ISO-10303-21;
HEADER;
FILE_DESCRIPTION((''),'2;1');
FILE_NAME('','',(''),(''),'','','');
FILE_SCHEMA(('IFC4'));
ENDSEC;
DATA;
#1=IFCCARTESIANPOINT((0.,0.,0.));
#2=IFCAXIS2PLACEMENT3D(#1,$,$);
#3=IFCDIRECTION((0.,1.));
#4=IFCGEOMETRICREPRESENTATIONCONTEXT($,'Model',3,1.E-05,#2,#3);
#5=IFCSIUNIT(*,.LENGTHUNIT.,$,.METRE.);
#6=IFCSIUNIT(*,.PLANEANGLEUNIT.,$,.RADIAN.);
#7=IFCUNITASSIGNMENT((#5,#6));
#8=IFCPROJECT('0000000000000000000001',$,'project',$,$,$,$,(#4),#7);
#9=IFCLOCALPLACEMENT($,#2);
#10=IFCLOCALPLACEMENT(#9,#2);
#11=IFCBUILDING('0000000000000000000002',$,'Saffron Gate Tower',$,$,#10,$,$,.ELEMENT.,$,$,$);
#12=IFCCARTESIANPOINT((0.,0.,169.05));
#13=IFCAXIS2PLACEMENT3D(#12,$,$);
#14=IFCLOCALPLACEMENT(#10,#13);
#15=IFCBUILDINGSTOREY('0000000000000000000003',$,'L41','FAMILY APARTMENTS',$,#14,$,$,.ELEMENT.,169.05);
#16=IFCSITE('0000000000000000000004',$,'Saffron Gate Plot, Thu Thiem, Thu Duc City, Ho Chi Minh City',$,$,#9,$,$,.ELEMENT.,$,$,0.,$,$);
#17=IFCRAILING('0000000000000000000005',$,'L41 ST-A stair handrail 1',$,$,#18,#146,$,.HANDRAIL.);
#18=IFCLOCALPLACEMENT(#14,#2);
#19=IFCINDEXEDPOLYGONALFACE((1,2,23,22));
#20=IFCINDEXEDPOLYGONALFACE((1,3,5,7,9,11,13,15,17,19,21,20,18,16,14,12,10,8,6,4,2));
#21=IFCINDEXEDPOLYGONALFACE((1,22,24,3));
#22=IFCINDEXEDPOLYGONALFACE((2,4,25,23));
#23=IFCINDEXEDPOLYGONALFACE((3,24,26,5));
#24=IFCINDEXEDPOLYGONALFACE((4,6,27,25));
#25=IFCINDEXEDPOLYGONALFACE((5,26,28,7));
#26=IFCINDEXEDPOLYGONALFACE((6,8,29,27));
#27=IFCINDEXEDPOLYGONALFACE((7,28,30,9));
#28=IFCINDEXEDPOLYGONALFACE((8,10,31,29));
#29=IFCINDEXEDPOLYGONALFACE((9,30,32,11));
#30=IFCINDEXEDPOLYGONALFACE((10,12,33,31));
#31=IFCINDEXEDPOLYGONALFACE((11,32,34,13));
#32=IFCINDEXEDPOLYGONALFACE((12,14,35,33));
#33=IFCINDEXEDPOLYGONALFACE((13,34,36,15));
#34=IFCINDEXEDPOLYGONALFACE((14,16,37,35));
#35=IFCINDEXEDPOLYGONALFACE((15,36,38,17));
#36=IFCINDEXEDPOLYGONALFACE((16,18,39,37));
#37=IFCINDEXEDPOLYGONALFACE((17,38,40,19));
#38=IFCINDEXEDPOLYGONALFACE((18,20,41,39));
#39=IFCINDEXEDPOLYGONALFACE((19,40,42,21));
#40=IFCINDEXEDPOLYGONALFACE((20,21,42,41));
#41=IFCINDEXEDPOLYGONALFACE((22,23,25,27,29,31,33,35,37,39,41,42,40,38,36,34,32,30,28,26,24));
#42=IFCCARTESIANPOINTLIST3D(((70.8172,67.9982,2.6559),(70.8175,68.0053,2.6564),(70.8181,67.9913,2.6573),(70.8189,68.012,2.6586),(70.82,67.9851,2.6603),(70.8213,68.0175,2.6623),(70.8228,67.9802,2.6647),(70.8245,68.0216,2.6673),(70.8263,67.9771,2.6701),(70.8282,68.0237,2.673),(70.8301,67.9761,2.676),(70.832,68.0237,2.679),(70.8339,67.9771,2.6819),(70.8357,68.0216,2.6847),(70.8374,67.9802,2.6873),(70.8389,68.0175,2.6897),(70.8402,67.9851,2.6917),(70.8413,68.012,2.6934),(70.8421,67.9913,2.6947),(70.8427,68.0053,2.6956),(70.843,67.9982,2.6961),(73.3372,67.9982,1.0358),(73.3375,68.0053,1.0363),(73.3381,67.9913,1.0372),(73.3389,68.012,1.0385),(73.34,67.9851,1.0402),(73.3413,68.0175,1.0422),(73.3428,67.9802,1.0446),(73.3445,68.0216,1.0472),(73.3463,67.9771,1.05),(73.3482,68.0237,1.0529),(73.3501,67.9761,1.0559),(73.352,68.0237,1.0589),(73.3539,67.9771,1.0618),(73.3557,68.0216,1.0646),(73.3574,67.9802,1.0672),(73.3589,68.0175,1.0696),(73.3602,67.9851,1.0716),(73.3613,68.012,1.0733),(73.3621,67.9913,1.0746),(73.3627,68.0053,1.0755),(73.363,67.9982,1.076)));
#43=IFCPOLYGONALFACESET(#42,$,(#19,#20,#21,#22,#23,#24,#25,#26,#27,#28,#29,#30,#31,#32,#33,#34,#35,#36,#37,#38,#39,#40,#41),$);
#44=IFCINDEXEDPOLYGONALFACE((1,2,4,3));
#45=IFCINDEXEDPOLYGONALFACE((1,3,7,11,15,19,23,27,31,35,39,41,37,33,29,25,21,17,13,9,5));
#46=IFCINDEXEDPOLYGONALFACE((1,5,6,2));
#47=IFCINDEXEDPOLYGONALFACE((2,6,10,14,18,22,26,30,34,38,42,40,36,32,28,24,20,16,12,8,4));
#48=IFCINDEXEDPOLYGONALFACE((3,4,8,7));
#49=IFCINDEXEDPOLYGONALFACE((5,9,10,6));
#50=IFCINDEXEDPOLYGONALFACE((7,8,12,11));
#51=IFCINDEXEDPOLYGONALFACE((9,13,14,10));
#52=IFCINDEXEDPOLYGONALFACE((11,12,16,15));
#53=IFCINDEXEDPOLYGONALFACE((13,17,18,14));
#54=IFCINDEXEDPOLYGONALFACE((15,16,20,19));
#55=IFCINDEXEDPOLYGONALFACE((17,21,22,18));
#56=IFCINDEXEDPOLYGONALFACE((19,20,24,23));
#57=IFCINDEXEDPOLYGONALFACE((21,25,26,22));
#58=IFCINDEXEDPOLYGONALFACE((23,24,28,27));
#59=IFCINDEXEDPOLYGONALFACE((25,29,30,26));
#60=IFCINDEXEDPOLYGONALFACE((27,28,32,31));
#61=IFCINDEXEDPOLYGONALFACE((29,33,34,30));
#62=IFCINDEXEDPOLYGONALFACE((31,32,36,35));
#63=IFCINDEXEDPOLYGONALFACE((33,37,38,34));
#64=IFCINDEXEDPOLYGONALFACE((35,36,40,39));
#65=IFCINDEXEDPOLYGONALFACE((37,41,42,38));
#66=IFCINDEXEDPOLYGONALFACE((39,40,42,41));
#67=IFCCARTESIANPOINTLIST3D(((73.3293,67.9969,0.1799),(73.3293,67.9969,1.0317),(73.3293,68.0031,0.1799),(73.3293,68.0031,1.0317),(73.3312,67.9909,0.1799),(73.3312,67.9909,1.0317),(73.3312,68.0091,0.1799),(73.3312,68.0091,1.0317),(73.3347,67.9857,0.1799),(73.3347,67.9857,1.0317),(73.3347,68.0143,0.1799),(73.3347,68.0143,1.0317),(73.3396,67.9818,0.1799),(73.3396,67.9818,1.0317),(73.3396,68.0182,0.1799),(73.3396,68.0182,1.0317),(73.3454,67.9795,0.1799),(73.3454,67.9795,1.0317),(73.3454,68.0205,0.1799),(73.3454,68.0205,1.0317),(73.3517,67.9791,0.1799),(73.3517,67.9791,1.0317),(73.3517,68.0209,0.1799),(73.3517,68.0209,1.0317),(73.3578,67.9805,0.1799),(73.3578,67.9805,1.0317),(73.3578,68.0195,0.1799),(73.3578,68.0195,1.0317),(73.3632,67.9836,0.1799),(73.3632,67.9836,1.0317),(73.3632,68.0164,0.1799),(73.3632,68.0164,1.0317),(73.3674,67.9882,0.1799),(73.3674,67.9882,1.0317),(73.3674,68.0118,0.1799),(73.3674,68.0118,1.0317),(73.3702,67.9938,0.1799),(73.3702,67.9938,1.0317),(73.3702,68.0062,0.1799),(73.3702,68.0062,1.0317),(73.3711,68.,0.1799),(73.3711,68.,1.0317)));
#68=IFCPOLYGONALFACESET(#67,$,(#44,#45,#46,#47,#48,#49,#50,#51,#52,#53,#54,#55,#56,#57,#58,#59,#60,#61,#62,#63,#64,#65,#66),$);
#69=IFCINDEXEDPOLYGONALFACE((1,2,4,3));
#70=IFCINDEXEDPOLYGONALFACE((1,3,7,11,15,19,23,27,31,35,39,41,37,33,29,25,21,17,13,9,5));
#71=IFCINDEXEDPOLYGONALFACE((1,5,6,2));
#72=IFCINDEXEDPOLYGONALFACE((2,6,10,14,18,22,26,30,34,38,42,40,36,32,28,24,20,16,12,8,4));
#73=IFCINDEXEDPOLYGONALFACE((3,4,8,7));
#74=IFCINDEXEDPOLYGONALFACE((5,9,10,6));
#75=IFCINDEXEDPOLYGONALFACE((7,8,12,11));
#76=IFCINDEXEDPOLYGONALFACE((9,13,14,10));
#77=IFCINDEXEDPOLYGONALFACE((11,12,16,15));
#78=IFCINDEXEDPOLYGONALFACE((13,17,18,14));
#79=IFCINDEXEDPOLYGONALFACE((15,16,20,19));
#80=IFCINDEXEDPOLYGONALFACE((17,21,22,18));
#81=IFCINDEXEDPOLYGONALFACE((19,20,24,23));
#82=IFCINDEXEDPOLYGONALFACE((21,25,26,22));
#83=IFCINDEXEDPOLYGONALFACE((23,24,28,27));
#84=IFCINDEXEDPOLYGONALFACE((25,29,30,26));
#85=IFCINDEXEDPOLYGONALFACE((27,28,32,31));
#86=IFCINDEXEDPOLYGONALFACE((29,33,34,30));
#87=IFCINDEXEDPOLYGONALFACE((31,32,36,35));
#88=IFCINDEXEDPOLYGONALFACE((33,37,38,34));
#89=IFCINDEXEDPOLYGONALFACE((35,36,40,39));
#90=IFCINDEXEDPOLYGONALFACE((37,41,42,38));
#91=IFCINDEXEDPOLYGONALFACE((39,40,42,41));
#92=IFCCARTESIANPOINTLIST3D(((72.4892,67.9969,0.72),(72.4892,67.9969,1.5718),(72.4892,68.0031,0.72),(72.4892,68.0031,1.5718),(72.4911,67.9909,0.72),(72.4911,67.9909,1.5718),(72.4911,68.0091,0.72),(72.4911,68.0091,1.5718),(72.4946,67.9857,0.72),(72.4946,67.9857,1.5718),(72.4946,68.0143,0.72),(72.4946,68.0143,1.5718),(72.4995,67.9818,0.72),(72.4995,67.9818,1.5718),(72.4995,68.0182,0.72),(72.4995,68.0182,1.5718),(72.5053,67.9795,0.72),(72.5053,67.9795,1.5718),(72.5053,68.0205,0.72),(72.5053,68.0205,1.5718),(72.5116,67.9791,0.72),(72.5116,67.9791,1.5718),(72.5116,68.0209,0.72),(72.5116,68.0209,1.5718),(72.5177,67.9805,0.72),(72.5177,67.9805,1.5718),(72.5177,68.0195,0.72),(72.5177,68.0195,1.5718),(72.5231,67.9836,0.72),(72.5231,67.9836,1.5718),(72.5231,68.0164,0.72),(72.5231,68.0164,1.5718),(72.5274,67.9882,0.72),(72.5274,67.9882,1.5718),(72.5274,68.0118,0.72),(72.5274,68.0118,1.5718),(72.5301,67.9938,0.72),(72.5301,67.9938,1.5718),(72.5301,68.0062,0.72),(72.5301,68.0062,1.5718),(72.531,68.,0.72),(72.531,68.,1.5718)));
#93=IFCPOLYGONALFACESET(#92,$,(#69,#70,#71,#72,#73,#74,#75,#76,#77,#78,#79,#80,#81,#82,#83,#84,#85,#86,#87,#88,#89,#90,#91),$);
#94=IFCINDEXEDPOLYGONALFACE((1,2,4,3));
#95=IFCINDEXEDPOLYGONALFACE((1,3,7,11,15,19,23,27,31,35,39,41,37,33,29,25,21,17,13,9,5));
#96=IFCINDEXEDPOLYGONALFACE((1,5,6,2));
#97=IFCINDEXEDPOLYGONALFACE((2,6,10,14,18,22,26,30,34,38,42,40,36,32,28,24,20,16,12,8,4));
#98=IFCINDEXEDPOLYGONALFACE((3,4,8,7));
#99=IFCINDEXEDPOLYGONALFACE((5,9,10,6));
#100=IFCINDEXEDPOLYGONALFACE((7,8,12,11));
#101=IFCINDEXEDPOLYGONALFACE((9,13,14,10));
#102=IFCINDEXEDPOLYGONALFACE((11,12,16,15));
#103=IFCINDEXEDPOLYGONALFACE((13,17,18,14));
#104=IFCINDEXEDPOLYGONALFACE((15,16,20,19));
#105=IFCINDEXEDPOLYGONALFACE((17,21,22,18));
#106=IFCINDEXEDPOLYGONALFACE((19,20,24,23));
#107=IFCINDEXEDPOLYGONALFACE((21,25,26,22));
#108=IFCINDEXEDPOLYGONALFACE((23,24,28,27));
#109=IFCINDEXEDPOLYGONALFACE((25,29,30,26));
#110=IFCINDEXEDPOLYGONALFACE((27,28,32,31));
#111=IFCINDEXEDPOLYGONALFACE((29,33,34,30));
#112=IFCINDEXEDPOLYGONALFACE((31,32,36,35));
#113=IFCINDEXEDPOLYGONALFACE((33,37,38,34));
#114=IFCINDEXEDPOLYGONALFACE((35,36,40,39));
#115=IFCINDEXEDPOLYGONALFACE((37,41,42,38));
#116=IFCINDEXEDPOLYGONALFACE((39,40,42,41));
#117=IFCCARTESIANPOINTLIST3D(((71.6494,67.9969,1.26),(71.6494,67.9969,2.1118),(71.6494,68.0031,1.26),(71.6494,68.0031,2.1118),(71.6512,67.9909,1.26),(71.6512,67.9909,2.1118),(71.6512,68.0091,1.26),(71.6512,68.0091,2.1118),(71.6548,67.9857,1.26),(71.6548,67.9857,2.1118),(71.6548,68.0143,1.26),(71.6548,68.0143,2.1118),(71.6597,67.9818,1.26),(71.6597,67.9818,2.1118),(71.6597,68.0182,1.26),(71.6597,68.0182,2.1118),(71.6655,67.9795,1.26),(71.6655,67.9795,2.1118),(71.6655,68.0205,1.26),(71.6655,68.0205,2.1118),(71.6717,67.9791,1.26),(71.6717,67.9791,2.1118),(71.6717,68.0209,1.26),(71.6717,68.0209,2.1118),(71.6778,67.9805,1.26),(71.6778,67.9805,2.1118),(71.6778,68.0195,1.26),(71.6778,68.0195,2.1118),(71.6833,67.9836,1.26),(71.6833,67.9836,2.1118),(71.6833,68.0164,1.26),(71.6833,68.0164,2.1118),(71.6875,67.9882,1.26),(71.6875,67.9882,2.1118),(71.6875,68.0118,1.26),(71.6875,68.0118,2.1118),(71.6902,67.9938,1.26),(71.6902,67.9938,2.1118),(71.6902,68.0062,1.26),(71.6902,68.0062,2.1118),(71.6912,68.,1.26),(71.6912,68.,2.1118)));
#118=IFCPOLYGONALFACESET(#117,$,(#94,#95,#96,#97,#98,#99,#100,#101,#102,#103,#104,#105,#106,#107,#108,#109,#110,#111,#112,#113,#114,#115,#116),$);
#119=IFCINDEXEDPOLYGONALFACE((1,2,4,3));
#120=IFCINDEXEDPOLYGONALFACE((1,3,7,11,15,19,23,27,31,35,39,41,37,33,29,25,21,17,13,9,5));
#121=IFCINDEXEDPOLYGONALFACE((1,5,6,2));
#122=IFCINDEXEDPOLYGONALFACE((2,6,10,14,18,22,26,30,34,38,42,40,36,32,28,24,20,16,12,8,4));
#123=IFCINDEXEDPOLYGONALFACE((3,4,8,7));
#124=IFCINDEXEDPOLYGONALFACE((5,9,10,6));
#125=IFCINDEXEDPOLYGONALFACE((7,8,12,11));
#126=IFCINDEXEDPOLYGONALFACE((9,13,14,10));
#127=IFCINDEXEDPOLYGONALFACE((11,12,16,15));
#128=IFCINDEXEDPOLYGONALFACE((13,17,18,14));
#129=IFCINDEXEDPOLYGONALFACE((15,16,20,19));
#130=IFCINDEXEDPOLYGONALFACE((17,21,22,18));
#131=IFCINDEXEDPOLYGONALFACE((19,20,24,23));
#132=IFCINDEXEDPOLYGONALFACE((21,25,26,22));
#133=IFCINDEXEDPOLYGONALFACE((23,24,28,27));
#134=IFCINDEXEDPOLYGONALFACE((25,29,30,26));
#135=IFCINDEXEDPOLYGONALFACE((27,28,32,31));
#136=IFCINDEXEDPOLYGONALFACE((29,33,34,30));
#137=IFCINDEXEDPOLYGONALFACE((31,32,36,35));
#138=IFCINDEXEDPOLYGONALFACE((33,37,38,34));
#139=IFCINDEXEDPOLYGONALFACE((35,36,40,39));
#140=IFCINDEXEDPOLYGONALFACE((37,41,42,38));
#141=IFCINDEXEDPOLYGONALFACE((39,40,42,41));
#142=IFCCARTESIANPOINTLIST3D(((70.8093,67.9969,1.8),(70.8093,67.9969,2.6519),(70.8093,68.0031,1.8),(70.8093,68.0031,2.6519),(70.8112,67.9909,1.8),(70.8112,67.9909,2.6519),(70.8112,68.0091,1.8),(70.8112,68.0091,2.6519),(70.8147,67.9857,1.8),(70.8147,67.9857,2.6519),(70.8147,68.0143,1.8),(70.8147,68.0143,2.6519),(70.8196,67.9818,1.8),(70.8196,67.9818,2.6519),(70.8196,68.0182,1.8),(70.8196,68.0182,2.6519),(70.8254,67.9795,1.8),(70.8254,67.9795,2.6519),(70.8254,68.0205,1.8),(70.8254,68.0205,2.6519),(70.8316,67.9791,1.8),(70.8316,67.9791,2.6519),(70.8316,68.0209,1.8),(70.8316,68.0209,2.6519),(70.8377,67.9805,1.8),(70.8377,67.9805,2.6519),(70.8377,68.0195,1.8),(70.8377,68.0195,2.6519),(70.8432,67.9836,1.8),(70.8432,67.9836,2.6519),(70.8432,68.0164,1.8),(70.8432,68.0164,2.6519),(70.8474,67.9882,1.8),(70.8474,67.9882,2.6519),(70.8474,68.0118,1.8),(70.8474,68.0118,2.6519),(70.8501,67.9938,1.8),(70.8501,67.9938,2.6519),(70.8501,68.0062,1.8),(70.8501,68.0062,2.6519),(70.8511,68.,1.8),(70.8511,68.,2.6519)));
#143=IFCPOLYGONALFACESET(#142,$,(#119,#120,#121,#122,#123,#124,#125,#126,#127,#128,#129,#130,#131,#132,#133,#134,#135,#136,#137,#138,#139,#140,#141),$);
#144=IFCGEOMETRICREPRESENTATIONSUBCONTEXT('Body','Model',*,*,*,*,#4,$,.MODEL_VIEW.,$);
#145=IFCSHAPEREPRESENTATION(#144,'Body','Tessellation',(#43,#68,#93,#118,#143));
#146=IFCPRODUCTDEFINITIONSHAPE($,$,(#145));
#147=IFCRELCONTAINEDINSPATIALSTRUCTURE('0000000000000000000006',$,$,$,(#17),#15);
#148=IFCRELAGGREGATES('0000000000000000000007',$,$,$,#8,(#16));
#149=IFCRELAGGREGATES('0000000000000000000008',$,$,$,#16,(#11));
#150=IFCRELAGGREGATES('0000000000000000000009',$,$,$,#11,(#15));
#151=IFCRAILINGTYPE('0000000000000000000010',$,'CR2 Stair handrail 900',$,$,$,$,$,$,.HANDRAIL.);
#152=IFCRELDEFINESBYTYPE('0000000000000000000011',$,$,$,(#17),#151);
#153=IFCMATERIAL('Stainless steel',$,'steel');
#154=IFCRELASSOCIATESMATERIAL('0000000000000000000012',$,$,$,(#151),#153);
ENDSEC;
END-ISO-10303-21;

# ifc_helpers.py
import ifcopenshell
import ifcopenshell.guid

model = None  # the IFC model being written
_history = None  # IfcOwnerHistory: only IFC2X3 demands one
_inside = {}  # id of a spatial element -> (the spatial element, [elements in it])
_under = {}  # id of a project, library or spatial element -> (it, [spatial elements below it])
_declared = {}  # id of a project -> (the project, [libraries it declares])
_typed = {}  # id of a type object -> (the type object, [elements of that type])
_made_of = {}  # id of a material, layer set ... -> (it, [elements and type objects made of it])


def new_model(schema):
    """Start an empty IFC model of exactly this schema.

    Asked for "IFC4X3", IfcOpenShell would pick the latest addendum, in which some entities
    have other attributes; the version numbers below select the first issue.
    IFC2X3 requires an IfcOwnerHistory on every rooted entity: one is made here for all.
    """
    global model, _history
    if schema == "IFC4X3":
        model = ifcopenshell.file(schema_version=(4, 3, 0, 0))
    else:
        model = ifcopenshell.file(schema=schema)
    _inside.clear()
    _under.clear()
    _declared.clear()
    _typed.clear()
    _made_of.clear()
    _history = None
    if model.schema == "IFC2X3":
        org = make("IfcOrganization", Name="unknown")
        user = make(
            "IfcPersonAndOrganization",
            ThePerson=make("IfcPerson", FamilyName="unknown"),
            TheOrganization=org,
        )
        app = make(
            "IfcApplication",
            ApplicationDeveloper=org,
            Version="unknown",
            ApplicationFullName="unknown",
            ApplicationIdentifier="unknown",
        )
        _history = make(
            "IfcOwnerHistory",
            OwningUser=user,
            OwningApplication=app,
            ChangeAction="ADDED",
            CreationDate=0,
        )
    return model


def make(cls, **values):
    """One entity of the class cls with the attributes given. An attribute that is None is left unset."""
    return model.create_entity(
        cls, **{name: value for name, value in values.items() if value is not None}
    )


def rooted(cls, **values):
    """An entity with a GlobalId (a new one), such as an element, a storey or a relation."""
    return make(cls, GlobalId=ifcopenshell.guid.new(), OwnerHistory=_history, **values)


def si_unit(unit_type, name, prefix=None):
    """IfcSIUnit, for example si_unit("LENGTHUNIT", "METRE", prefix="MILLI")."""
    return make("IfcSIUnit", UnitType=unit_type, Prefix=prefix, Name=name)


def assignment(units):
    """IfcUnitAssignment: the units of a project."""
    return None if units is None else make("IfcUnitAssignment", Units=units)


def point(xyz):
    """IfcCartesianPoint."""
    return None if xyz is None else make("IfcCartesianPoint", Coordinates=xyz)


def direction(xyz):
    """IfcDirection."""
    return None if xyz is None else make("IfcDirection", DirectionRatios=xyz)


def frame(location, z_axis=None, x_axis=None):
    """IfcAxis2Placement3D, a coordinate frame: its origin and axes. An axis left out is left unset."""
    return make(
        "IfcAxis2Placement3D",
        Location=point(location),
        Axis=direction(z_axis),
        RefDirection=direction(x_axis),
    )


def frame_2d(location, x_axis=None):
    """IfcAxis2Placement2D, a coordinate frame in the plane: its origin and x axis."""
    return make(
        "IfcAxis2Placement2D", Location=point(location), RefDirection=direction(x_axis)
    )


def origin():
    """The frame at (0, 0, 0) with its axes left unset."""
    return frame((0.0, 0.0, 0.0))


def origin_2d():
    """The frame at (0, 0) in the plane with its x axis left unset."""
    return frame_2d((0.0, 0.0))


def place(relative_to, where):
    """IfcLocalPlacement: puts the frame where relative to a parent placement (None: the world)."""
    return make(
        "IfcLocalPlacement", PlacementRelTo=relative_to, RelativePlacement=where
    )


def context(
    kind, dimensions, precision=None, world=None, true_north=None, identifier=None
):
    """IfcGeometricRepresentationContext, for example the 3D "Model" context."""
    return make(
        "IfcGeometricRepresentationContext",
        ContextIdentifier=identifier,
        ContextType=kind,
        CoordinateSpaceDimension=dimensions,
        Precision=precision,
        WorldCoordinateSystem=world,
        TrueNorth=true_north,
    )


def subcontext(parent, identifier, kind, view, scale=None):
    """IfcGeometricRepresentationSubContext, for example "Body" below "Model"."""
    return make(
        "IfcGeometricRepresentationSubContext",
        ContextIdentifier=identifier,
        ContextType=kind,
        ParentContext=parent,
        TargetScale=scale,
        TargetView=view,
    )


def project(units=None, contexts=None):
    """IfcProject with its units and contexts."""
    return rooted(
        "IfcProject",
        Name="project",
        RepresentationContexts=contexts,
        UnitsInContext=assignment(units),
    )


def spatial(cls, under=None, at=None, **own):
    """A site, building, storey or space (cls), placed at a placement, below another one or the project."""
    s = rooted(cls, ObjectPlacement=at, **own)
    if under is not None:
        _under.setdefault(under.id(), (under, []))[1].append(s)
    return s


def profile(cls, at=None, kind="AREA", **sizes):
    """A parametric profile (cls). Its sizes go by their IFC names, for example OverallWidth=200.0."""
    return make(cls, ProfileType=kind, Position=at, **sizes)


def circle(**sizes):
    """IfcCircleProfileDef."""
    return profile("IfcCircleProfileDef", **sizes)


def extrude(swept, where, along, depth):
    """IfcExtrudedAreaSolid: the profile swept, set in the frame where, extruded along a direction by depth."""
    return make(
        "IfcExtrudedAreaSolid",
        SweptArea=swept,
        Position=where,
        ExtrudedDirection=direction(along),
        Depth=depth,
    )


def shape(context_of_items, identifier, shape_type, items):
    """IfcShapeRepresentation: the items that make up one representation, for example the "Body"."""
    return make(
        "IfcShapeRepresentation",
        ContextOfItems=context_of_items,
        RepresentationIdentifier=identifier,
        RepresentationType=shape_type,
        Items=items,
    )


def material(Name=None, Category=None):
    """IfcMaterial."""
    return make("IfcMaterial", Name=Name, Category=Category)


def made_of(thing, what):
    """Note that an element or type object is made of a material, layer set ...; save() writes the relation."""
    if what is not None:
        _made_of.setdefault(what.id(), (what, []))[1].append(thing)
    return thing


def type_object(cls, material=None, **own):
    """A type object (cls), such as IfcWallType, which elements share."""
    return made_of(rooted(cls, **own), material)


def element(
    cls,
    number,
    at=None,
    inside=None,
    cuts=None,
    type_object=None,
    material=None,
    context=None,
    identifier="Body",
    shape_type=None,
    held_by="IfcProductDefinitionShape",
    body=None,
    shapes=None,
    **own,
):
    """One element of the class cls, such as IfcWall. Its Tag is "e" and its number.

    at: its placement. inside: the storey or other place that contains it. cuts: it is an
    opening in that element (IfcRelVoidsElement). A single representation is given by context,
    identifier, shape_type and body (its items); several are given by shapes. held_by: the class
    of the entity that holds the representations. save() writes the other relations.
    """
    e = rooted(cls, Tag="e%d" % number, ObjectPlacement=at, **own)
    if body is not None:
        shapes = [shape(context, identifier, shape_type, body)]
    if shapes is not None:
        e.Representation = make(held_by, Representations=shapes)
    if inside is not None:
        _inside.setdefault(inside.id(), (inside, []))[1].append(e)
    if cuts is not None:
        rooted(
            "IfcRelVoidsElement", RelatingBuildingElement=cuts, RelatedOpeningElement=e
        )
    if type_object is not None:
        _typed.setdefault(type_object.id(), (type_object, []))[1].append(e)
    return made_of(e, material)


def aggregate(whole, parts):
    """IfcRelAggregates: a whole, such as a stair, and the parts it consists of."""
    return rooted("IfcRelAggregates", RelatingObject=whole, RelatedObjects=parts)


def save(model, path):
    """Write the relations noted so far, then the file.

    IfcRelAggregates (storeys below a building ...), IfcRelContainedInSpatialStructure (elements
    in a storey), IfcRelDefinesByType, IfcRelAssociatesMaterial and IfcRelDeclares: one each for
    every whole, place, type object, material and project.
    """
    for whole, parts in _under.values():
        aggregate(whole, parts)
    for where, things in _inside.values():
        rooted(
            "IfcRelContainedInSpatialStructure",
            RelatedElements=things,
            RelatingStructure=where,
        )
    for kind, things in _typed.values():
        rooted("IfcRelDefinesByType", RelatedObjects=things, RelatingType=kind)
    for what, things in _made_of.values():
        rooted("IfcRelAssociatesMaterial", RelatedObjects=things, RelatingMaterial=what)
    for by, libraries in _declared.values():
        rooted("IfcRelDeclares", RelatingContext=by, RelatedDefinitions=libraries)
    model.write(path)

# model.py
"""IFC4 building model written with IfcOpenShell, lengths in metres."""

from ifc_helpers import new_model, si_unit, direction, frame, origin, origin_2d, place, context, subcontext, project, spatial, circle, extrude, material, type_object, element, save


model = new_model("IFC4")

# Units and contexts
model_context = context("Model", 3, precision=1e-05, world=origin(), true_north=direction((0.0, 1.0)))
body_context = subcontext(model_context, "Body", "Model", "MODEL_VIEW")
ifc_project = project(units=[si_unit("LENGTHUNIT", "METRE"), si_unit("PLANEANGLEUNIT", "RADIAN")], contexts=[model_context])

# Site, building, storey
site_placement = place(None, origin())
site = spatial("IfcSite", under=ifc_project, at=site_placement, Name="Saffron Gate Plot, Thu Thiem, Thu Duc City, Ho Chi Minh City", CompositionType="ELEMENT", RefElevation=0.0)
building_placement = place(site_placement, origin())
building = spatial("IfcBuilding", under=site, at=building_placement, Name="Saffron Gate Tower", CompositionType="ELEMENT")
storey_placement = place(building_placement, frame((0.0, 0.0, 169.05)))
storey = spatial("IfcBuildingStorey", under=building, at=storey_placement, Name="L41", Description="FAMILY APARTMENTS", CompositionType="ELEMENT", Elevation=169.05)

# Railing
ifc_material_1 = material(Name="Stainless steel", Category="steel")
railing_type_1 = type_object("IfcRailingType", Name="CR2 Stair handrail 900", PredefinedType="HANDRAIL", material=ifc_material_1)
railing_1_placement = place(storey_placement, frame((73.3501, 68.0, 0.1799)))
element("IfcRailing", 1, at=railing_1_placement, inside=storey, type_object=railing_type_1, Name="L41 ST-A stair handrail 1", PredefinedType="HANDRAIL", context=body_context, shape_type="SweptSolid", body=[
    extrude(circle(Radius=0.0239, at=origin_2d()), frame((0.0, 0.0, 0.876), z_axis=(-0.841163, 0.0, 0.540782), x_axis=(0.0, -1.0, 0.0)), (0.0, 0.0, 1.0), 2.9958),
    extrude(circle(Radius=0.021, at=origin_2d()), origin(), (0.0, 0.0, 1.0), 0.8518),
    extrude(circle(Radius=0.021, at=origin_2d()), frame((-0.8401, 0.0, 0.54)), (0.0, 0.0, 1.0), 0.8518),
    extrude(circle(Radius=0.021, at=origin_2d()), frame((-1.6799, 0.0, 1.0801)), (0.0, 0.0, 1.0), 0.8518),
    extrude(circle(Radius=0.021, at=origin_2d()), frame((-2.52, 0.0, 1.6201)), (0.0, 0.0, 1.0), 0.8518),
])

save(model, "model.ifc")
